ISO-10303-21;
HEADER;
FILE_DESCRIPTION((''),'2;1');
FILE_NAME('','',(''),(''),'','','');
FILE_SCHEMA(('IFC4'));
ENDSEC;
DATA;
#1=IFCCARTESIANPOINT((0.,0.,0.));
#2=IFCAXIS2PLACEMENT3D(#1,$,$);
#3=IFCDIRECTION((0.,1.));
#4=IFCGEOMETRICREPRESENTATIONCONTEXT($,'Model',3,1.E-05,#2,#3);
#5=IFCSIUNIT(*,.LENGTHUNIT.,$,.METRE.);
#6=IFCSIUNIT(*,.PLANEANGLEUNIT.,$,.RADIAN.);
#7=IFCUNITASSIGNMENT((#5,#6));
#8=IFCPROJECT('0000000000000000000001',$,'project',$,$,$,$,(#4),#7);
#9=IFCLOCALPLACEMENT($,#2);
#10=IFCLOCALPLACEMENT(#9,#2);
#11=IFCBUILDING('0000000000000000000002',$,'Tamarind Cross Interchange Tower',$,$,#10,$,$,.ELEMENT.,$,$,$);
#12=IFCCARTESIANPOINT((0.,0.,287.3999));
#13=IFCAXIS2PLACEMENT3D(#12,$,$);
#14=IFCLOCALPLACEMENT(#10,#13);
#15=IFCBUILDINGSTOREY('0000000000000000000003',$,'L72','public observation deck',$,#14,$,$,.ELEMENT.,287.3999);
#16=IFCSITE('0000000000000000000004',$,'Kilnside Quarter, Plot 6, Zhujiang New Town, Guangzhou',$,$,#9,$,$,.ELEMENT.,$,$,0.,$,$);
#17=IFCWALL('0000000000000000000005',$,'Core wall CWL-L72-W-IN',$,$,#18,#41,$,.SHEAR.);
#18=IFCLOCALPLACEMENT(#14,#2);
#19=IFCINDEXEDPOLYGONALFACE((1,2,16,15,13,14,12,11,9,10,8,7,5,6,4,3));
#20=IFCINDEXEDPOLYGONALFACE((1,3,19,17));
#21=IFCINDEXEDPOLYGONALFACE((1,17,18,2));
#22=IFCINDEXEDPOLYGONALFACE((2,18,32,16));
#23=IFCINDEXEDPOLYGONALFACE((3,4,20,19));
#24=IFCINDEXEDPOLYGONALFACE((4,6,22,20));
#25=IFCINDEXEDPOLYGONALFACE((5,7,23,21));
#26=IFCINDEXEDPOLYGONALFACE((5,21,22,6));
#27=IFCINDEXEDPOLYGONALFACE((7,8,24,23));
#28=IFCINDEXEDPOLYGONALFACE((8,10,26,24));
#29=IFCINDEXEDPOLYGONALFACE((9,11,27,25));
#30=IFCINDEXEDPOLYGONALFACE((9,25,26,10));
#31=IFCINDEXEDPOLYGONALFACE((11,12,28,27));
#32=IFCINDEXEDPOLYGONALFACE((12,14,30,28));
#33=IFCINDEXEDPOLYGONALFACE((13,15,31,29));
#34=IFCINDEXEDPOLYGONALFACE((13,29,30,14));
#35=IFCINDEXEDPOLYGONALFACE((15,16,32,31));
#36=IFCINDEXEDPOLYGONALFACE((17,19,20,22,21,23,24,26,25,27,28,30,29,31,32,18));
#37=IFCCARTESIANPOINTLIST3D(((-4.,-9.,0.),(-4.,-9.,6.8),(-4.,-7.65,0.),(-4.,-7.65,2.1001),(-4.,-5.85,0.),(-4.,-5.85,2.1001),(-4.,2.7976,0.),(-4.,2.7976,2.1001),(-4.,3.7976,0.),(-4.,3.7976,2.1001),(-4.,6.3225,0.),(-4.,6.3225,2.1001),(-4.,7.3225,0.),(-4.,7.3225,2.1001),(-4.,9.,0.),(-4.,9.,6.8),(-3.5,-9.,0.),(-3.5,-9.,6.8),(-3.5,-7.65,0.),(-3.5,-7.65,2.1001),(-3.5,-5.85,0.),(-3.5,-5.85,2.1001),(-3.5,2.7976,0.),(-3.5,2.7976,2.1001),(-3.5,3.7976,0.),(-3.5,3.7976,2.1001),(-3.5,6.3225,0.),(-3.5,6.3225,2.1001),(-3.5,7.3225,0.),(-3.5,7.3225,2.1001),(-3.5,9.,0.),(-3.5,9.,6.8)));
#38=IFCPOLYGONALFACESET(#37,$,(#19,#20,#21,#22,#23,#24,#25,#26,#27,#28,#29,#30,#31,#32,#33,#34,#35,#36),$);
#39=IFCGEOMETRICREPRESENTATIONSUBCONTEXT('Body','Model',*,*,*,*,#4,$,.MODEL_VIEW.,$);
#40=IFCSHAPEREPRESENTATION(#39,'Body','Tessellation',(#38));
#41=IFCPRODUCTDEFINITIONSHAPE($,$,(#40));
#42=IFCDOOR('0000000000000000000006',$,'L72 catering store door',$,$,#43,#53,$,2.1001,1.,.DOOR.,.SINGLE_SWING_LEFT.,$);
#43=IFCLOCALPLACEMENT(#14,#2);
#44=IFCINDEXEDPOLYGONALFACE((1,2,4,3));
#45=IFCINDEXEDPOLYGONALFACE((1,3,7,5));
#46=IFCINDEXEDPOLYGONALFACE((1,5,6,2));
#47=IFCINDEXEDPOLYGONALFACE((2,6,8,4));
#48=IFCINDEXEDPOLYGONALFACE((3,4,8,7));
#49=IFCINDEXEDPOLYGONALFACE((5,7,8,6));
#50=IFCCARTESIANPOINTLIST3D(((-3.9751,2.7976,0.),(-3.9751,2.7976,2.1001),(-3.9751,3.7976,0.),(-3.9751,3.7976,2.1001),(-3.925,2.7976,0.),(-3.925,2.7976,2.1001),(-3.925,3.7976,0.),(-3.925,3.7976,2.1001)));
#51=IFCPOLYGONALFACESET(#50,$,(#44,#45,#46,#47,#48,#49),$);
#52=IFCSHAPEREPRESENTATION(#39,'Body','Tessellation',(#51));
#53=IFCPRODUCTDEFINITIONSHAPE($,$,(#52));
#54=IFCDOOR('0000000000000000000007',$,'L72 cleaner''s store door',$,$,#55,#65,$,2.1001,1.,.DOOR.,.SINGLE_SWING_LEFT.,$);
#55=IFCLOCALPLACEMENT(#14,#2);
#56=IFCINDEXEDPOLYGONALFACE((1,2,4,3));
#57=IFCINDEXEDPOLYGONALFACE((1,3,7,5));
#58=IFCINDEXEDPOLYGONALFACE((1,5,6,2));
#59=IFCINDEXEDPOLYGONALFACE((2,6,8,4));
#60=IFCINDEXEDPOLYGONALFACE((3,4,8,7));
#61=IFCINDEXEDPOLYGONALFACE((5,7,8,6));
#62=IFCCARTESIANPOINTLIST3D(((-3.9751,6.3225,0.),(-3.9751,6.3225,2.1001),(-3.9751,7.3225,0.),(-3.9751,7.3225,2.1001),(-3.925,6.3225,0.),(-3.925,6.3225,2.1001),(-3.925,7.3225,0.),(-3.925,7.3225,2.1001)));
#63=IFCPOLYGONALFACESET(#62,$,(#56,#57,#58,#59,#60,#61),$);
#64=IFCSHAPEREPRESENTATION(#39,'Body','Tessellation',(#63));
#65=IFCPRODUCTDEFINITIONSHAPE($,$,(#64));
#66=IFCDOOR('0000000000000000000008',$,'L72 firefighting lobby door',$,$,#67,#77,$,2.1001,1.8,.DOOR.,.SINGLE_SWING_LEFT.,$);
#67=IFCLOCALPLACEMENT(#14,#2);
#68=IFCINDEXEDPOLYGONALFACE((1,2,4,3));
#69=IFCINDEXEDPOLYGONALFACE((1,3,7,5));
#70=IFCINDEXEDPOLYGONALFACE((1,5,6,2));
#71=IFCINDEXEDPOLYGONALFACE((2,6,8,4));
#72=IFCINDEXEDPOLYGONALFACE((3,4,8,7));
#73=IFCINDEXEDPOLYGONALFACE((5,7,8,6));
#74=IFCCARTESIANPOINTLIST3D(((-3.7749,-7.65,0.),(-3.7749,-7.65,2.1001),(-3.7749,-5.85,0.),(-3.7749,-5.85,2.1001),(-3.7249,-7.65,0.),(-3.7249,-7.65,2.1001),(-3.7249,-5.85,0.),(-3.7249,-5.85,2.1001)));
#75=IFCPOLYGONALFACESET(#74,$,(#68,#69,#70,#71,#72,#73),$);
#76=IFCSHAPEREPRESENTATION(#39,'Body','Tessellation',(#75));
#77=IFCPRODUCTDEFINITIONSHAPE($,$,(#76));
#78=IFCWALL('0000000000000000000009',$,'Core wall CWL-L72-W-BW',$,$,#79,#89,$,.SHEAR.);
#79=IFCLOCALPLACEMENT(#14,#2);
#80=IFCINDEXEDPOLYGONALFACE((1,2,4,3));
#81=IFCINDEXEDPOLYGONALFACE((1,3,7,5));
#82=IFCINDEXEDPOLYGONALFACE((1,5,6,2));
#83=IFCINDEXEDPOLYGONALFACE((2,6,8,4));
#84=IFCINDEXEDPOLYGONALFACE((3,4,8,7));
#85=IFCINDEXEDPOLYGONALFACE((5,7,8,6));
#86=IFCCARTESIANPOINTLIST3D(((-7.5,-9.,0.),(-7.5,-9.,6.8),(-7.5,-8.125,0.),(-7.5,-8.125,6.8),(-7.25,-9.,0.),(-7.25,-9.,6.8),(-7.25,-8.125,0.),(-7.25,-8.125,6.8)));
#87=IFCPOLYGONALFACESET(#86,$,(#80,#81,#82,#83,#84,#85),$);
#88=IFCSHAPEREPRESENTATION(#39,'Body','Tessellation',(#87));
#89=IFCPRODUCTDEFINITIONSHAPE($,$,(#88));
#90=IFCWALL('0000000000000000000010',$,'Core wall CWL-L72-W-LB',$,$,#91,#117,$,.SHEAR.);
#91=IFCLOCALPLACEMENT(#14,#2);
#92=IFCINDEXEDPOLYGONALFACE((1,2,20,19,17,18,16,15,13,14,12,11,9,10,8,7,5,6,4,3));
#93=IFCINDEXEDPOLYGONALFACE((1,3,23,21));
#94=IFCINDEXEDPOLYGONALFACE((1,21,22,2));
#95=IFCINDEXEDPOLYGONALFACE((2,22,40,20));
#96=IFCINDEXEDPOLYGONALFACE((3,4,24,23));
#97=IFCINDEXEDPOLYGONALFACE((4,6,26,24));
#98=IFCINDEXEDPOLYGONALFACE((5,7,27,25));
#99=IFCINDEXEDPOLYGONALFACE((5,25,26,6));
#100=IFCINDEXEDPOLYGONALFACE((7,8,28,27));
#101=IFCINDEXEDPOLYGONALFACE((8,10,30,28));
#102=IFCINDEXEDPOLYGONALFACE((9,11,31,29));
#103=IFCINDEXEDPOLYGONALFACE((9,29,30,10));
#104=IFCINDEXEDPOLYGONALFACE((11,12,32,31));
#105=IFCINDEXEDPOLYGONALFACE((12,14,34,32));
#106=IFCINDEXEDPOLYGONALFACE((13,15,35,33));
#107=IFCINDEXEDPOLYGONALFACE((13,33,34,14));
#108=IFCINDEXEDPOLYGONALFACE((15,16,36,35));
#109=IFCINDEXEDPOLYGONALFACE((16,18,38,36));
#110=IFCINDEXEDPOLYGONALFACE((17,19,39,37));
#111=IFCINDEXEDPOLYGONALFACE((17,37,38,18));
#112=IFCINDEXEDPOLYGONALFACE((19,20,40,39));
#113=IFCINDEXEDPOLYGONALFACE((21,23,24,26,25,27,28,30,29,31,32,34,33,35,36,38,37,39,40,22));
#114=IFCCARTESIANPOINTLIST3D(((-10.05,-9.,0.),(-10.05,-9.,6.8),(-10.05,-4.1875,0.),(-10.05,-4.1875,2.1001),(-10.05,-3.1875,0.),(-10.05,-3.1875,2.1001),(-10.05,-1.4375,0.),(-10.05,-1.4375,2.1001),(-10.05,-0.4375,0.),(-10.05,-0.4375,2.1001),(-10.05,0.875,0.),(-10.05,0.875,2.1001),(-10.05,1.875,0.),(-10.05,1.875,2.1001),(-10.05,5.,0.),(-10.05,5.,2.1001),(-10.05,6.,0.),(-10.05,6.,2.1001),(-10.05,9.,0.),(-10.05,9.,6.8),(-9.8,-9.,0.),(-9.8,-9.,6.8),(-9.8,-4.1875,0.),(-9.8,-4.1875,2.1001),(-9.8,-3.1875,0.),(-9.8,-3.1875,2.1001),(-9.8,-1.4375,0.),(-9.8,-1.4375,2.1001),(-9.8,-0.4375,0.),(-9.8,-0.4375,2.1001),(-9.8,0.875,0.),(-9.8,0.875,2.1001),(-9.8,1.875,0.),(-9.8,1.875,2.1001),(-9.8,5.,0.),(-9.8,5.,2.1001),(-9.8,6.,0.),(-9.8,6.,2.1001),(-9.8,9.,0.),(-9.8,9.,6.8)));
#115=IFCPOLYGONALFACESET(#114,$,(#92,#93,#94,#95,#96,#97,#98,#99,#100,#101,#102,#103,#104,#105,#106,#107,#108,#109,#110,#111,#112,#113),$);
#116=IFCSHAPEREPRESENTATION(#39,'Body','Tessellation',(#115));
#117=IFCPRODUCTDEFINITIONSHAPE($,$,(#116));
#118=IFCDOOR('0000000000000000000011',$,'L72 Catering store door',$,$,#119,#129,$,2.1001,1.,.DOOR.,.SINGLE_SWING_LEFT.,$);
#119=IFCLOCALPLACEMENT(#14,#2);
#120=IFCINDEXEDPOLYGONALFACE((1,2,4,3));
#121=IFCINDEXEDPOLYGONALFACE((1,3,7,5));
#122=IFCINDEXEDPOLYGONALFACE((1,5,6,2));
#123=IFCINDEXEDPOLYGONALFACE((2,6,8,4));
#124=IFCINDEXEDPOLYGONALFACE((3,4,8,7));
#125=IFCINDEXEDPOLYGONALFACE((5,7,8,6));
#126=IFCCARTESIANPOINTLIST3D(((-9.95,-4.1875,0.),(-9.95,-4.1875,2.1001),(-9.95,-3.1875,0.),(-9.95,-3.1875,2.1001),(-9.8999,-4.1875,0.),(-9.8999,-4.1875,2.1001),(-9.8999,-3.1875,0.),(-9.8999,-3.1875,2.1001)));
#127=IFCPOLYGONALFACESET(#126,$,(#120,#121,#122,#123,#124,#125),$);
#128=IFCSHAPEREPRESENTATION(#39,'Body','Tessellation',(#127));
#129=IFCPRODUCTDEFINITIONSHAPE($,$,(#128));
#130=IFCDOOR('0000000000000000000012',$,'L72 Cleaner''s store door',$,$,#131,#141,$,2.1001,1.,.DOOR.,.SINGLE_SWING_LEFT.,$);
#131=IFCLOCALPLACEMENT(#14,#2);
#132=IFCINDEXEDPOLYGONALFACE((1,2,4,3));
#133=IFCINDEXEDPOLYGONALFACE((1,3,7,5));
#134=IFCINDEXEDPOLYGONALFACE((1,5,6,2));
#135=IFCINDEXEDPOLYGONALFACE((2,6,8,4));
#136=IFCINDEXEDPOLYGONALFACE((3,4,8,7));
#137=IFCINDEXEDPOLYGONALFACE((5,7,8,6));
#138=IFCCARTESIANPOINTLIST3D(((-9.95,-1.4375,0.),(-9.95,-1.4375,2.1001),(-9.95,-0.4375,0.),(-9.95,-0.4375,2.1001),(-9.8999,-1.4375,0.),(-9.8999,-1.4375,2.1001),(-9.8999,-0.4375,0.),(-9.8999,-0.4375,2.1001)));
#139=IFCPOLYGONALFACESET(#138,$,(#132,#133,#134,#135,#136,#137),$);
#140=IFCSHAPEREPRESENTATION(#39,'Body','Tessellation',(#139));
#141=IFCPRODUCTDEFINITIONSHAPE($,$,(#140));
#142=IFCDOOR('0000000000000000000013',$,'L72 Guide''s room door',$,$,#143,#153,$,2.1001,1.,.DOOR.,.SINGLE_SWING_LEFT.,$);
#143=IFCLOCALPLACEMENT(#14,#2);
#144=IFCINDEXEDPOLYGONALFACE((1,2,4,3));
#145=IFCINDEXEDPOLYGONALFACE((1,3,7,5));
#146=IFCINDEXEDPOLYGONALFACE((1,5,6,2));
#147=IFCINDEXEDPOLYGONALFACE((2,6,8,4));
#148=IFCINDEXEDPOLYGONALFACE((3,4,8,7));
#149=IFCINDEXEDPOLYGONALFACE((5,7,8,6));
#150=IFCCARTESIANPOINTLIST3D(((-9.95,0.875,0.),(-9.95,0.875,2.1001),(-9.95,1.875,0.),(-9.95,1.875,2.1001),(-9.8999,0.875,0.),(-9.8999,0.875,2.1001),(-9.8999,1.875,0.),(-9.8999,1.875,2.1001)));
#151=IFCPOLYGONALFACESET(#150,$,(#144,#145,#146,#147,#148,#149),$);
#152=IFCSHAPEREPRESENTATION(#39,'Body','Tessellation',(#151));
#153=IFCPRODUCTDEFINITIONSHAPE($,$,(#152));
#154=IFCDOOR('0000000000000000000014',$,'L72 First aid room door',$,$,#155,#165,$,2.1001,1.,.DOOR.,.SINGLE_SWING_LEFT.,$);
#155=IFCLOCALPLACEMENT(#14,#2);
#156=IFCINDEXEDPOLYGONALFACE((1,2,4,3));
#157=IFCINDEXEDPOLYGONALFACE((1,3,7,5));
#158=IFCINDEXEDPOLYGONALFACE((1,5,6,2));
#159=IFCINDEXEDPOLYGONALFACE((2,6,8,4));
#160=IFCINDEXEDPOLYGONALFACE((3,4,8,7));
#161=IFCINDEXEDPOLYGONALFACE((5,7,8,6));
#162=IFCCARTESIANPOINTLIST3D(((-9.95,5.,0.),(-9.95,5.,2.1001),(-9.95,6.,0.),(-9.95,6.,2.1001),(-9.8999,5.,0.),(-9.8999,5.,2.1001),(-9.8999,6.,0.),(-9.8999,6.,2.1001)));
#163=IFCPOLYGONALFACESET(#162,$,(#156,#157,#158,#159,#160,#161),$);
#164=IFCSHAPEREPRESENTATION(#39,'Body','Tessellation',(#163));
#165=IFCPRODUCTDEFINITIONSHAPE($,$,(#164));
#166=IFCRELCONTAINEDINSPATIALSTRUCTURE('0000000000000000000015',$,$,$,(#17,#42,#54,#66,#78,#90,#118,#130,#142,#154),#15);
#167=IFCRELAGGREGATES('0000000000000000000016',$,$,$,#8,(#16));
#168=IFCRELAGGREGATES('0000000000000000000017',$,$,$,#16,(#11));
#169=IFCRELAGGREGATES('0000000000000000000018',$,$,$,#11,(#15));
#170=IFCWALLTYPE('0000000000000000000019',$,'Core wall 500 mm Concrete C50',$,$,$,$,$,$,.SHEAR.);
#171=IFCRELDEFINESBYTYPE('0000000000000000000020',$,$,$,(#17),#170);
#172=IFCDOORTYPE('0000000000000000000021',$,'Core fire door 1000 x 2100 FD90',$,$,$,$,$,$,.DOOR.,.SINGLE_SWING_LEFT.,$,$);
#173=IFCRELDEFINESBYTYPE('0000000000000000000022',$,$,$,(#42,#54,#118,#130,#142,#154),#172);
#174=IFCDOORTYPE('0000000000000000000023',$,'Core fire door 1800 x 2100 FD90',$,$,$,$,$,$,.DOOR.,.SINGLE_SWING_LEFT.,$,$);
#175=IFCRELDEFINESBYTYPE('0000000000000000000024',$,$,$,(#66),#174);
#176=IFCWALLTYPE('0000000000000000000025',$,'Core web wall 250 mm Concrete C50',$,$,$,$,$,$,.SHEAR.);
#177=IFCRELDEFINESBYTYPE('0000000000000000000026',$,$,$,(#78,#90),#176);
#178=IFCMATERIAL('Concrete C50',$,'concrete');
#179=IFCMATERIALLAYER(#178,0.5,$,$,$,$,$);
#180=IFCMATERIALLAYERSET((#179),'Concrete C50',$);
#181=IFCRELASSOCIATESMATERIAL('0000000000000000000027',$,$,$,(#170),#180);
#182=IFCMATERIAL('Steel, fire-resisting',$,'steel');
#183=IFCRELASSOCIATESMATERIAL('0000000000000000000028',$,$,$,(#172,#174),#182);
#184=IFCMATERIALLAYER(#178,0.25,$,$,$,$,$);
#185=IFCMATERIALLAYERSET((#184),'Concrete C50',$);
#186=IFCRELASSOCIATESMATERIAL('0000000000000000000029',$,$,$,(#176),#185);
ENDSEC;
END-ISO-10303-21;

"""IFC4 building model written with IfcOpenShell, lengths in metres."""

from ifc_helpers import new_model, si_unit, direction, frame, frame_2d, origin, place, context, subcontext, project, spatial, rectangle, extrude, material, layer, layer_set, type_object, element, fill, save


model = new_model("IFC4")

# Units and contexts
model_context = context("Model", 3, precision=1e-05, world=origin(), true_north=direction((0.0, 1.0)))
body_context = subcontext(model_context, "Body", "Model", "MODEL_VIEW")
ifc_project = project(units=[si_unit("LENGTHUNIT", "METRE"), si_unit("PLANEANGLEUNIT", "RADIAN")], contexts=[model_context])

# Site, building, storey
site_placement = place(None, origin())
site = spatial("IfcSite", under=ifc_project, at=site_placement, Name="Kilnside Quarter, Plot 6, Zhujiang New Town, Guangzhou", CompositionType="ELEMENT", RefElevation=0.0)
building_placement = place(site_placement, origin())
building = spatial("IfcBuilding", under=site, at=building_placement, Name="Tamarind Cross Interchange Tower", CompositionType="ELEMENT")
storey_placement = place(building_placement, frame((0.0, 0.0, 287.3999)))
storey = spatial("IfcBuildingStorey", under=building, at=storey_placement, Name="L72", Description="public observation deck", CompositionType="ELEMENT", Elevation=287.3999)

# Wall, openings, doors
ifc_material_1 = material(Name="Concrete C50", Category="concrete")
ifc_layer_1 = layer(ifc_material_1, 0.5)
ifc_layer_set_1 = layer_set([ifc_layer_1], Name="Concrete C50")
wall_type_1 = type_object("IfcWallType", Name="Core wall 500 mm Concrete C50", PredefinedType="SHEAR", material=ifc_layer_set_1)
wall_1_placement = place(storey_placement, frame((-3.75, -9.0, 0.0), z_axis=(0.0, 0.0, 1.0), x_axis=(0.0, 1.0, 0.0)))
wall_1 = element("IfcWall", 1, at=wall_1_placement, inside=storey, type_object=wall_type_1, Name="Core wall CWL-L72-W-IN", PredefinedType="SHEAR", context=body_context, shape_type="SweptSolid", body=[
    extrude(rectangle(XDim=18.0, YDim=0.5, at=frame_2d((9.0, 0.0))), origin(), (0.0, 0.0, 1.0), 6.8),
])
opening_1_placement = place(wall_1_placement, frame((1.3501, 0.0, 0.0)))
opening_1 = element("IfcOpeningElement", 2, at=opening_1_placement, cuts=wall_1, PredefinedType="OPENING", context=body_context, shape_type="SweptSolid", body=[
    extrude(rectangle(XDim=1.8, YDim=2.1001, at=frame_2d((0.8999, 1.05))), frame((0.0, 0.26, 0.0), z_axis=(0.0, -1.0, 0.0), x_axis=(1.0, 0.0, 0.0)), (0.0, 0.0, 1.0), 0.52),
])
opening_2_placement = place(wall_1_placement, frame((11.7976, 0.0, 0.0)))
opening_2 = element("IfcOpeningElement", 3, at=opening_2_placement, cuts=wall_1, PredefinedType="OPENING", context=body_context, shape_type="SweptSolid", body=[
    extrude(rectangle(XDim=1.0, YDim=2.1001, at=frame_2d((0.5, 1.05))), frame((0.0, 0.26, 0.0), z_axis=(0.0, -1.0, 0.0), x_axis=(1.0, 0.0, 0.0)), (0.0, 0.0, 1.0), 0.52),
])
opening_3_placement = place(wall_1_placement, frame((15.3225, 0.0, 0.0)))
opening_3 = element("IfcOpeningElement", 4, at=opening_3_placement, cuts=wall_1, PredefinedType="OPENING", context=body_context, shape_type="SweptSolid", body=[
    extrude(rectangle(XDim=1.0, YDim=2.1001, at=frame_2d((0.5, 1.05))), frame((0.0, 0.26, 0.0), z_axis=(0.0, -1.0, 0.0), x_axis=(1.0, 0.0, 0.0)), (0.0, 0.0, 1.0), 0.52),
])
ifc_material_2 = material(Name="Steel, fire-resisting", Category="steel")
door_type_1 = type_object("IfcDoorType", Name="Core fire door 1000 x 2100 FD90", OperationType="SINGLE_SWING_LEFT", PredefinedType="DOOR", material=ifc_material_2)
door_1_placement = place(opening_2_placement, origin())
door_1 = element("IfcDoor", 5, at=door_1_placement, inside=storey, type_object=door_type_1, Name="L72 catering store door", OperationType="SINGLE_SWING_LEFT", OverallHeight=2.1001, OverallWidth=1.0, PredefinedType="DOOR", context=body_context, shape_type="SweptSolid", body=[
    extrude(rectangle(XDim=1.0, YDim=2.1001, at=frame_2d((0.5, 1.05))), frame((0.0, 0.2251, 0.0), z_axis=(0.0, -1.0, 0.0), x_axis=(1.0, 0.0, 0.0)), (0.0, 0.0, 1.0), 0.05),
])
fill(opening_2, door_1)
door_2_placement = place(opening_3_placement, origin())
door_2 = element("IfcDoor", 6, at=door_2_placement, inside=storey, type_object=door_type_1, Name="L72 cleaner's store door", OperationType="SINGLE_SWING_LEFT", OverallHeight=2.1001, OverallWidth=1.0, PredefinedType="DOOR", context=body_context, shape_type="SweptSolid", body=[
    extrude(rectangle(XDim=1.0, YDim=2.1001, at=frame_2d((0.5, 1.05))), frame((0.0, 0.2251, 0.0), z_axis=(0.0, -1.0, 0.0), x_axis=(1.0, 0.0, 0.0)), (0.0, 0.0, 1.0), 0.05),
])
fill(opening_3, door_2)
door_type_2 = type_object("IfcDoorType", Name="Core fire door 1800 x 2100 FD90", OperationType="SINGLE_SWING_LEFT", PredefinedType="DOOR", material=ifc_material_2)
door_3_placement = place(opening_1_placement, origin())
door_3 = element("IfcDoor", 7, at=door_3_placement, inside=storey, type_object=door_type_2, Name="L72 firefighting lobby door", OperationType="SINGLE_SWING_LEFT", OverallHeight=2.1001, OverallWidth=1.8, PredefinedType="DOOR", context=body_context, shape_type="SweptSolid", body=[
    extrude(rectangle(XDim=1.8, YDim=2.1001, at=frame_2d((0.8999, 1.05))), frame((0.0, 0.0249, 0.0), z_axis=(0.0, -1.0, 0.0), x_axis=(1.0, 0.0, 0.0)), (0.0, 0.0, 1.0), 0.05),
])
fill(opening_1, door_3)

# Wall
ifc_layer_2 = layer(ifc_material_1, 0.25)
ifc_layer_set_2 = layer_set([ifc_layer_2], Name="Concrete C50")
wall_type_2 = type_object("IfcWallType", Name="Core web wall 250 mm Concrete C50", PredefinedType="SHEAR", material=ifc_layer_set_2)
wall_2_placement = place(storey_placement, frame((-7.375, -9.0, 0.0), z_axis=(0.0, 0.0, 1.0), x_axis=(0.0, 1.0, 0.0)))
element("IfcWall", 8, at=wall_2_placement, inside=storey, type_object=wall_type_2, Name="Core wall CWL-L72-W-BW", PredefinedType="SHEAR", context=body_context, shape_type="SweptSolid", body=[
    extrude(rectangle(XDim=0.875, YDim=0.25, at=frame_2d((0.4375, 0.0))), origin(), (0.0, 0.0, 1.0), 6.8),
])

# Wall, openings, doors
wall_3_placement = place(storey_placement, frame((-9.925, -9.0, 0.0), z_axis=(0.0, 0.0, 1.0), x_axis=(0.0, 1.0, 0.0)))
wall_3 = element("IfcWall", 9, at=wall_3_placement, inside=storey, type_object=wall_type_2, Name="Core wall CWL-L72-W-LB", PredefinedType="SHEAR", context=body_context, shape_type="SweptSolid", body=[
    extrude(rectangle(XDim=18.0, YDim=0.25, at=frame_2d((9.0, 0.0))), origin(), (0.0, 0.0, 1.0), 6.8),
])
opening_4_placement = place(wall_3_placement, frame((4.8125, 0.0, 0.0)))
opening_4 = element("IfcOpeningElement", 10, at=opening_4_placement, cuts=wall_3, PredefinedType="OPENING", context=body_context, shape_type="SweptSolid", body=[
    extrude(rectangle(XDim=1.0, YDim=2.1001, at=frame_2d((0.5, 1.05))), frame((0.0, 0.135, 0.0), z_axis=(0.0, -1.0, 0.0), x_axis=(1.0, 0.0, 0.0)), (0.0, 0.0, 1.0), 0.27),
])
opening_5_placement = place(wall_3_placement, frame((7.5625, 0.0, 0.0)))
opening_5 = element("IfcOpeningElement", 11, at=opening_5_placement, cuts=wall_3, PredefinedType="OPENING", context=body_context, shape_type="SweptSolid", body=[
    extrude(rectangle(XDim=1.0, YDim=2.1001, at=frame_2d((0.5, 1.05))), frame((0.0, 0.135, 0.0), z_axis=(0.0, -1.0, 0.0), x_axis=(1.0, 0.0, 0.0)), (0.0, 0.0, 1.0), 0.27),
])
opening_6_placement = place(wall_3_placement, frame((9.875, 0.0, 0.0)))
opening_6 = element("IfcOpeningElement", 12, at=opening_6_placement, cuts=wall_3, PredefinedType="OPENING", context=body_context, shape_type="SweptSolid", body=[
    extrude(rectangle(XDim=1.0, YDim=2.1001, at=frame_2d((0.5, 1.05))), frame((0.0, 0.135, 0.0), z_axis=(0.0, -1.0, 0.0), x_axis=(1.0, 0.0, 0.0)), (0.0, 0.0, 1.0), 0.27),
])
opening_7_placement = place(wall_3_placement, frame((14.0, 0.0, 0.0)))
opening_7 = element("IfcOpeningElement", 13, at=opening_7_placement, cuts=wall_3, PredefinedType="OPENING", context=body_context, shape_type="SweptSolid", body=[
    extrude(rectangle(XDim=1.0, YDim=2.1001, at=frame_2d((0.5, 1.05))), frame((0.0, 0.135, 0.0), z_axis=(0.0, -1.0, 0.0), x_axis=(1.0, 0.0, 0.0)), (0.0, 0.0, 1.0), 0.27),
])
door_4_placement = place(opening_4_placement, origin())
door_4 = element("IfcDoor", 14, at=door_4_placement, inside=storey, type_object=door_type_1, Name="L72 Catering store door", OperationType="SINGLE_SWING_LEFT", OverallHeight=2.1001, OverallWidth=1.0, PredefinedType="DOOR", context=body_context, shape_type="SweptSolid", body=[
    extrude(rectangle(XDim=1.0, YDim=2.1001, at=frame_2d((0.5, 1.05))), frame((0.0, 0.0249, 0.0), z_axis=(0.0, -1.0, 0.0), x_axis=(1.0, 0.0, 0.0)), (0.0, 0.0, 1.0), 0.05),
])
fill(opening_4, door_4)
door_5_placement = place(opening_5_placement, origin())
door_5 = element("IfcDoor", 15, at=door_5_placement, inside=storey, type_object=door_type_1, Name="L72 Cleaner's store door", OperationType="SINGLE_SWING_LEFT", OverallHeight=2.1001, OverallWidth=1.0, PredefinedType="DOOR", context=body_context, shape_type="SweptSolid", body=[
    extrude(rectangle(XDim=1.0, YDim=2.1001, at=frame_2d((0.5, 1.05))), frame((0.0, 0.0249, 0.0), z_axis=(0.0, -1.0, 0.0), x_axis=(1.0, 0.0, 0.0)), (0.0, 0.0, 1.0), 0.05),
])
fill(opening_5, door_5)
door_6_placement = place(opening_6_placement, origin())
door_6 = element("IfcDoor", 16, at=door_6_placement, inside=storey, type_object=door_type_1, Name="L72 Guide's room door", OperationType="SINGLE_SWING_LEFT", OverallHeight=2.1001, OverallWidth=1.0, PredefinedType="DOOR", context=body_context, shape_type="SweptSolid", body=[
    extrude(rectangle(XDim=1.0, YDim=2.1001, at=frame_2d((0.5, 1.05))), frame((0.0, 0.0249, 0.0), z_axis=(0.0, -1.0, 0.0), x_axis=(1.0, 0.0, 0.0)), (0.0, 0.0, 1.0), 0.05),
])
fill(opening_6, door_6)
door_7_placement = place(opening_7_placement, origin())
door_7 = element("IfcDoor", 17, at=door_7_placement, inside=storey, type_object=door_type_1, Name="L72 First aid room door", OperationType="SINGLE_SWING_LEFT", OverallHeight=2.1001, OverallWidth=1.0, PredefinedType="DOOR", context=body_context, shape_type="SweptSolid", body=[
    extrude(rectangle(XDim=1.0, YDim=2.1001, at=frame_2d((0.5, 1.05))), frame((0.0, 0.0249, 0.0), z_axis=(0.0, -1.0, 0.0), x_axis=(1.0, 0.0, 0.0)), (0.0, 0.0, 1.0), 0.05),
])
fill(opening_7, door_7)

save(model, "model.ifc")
